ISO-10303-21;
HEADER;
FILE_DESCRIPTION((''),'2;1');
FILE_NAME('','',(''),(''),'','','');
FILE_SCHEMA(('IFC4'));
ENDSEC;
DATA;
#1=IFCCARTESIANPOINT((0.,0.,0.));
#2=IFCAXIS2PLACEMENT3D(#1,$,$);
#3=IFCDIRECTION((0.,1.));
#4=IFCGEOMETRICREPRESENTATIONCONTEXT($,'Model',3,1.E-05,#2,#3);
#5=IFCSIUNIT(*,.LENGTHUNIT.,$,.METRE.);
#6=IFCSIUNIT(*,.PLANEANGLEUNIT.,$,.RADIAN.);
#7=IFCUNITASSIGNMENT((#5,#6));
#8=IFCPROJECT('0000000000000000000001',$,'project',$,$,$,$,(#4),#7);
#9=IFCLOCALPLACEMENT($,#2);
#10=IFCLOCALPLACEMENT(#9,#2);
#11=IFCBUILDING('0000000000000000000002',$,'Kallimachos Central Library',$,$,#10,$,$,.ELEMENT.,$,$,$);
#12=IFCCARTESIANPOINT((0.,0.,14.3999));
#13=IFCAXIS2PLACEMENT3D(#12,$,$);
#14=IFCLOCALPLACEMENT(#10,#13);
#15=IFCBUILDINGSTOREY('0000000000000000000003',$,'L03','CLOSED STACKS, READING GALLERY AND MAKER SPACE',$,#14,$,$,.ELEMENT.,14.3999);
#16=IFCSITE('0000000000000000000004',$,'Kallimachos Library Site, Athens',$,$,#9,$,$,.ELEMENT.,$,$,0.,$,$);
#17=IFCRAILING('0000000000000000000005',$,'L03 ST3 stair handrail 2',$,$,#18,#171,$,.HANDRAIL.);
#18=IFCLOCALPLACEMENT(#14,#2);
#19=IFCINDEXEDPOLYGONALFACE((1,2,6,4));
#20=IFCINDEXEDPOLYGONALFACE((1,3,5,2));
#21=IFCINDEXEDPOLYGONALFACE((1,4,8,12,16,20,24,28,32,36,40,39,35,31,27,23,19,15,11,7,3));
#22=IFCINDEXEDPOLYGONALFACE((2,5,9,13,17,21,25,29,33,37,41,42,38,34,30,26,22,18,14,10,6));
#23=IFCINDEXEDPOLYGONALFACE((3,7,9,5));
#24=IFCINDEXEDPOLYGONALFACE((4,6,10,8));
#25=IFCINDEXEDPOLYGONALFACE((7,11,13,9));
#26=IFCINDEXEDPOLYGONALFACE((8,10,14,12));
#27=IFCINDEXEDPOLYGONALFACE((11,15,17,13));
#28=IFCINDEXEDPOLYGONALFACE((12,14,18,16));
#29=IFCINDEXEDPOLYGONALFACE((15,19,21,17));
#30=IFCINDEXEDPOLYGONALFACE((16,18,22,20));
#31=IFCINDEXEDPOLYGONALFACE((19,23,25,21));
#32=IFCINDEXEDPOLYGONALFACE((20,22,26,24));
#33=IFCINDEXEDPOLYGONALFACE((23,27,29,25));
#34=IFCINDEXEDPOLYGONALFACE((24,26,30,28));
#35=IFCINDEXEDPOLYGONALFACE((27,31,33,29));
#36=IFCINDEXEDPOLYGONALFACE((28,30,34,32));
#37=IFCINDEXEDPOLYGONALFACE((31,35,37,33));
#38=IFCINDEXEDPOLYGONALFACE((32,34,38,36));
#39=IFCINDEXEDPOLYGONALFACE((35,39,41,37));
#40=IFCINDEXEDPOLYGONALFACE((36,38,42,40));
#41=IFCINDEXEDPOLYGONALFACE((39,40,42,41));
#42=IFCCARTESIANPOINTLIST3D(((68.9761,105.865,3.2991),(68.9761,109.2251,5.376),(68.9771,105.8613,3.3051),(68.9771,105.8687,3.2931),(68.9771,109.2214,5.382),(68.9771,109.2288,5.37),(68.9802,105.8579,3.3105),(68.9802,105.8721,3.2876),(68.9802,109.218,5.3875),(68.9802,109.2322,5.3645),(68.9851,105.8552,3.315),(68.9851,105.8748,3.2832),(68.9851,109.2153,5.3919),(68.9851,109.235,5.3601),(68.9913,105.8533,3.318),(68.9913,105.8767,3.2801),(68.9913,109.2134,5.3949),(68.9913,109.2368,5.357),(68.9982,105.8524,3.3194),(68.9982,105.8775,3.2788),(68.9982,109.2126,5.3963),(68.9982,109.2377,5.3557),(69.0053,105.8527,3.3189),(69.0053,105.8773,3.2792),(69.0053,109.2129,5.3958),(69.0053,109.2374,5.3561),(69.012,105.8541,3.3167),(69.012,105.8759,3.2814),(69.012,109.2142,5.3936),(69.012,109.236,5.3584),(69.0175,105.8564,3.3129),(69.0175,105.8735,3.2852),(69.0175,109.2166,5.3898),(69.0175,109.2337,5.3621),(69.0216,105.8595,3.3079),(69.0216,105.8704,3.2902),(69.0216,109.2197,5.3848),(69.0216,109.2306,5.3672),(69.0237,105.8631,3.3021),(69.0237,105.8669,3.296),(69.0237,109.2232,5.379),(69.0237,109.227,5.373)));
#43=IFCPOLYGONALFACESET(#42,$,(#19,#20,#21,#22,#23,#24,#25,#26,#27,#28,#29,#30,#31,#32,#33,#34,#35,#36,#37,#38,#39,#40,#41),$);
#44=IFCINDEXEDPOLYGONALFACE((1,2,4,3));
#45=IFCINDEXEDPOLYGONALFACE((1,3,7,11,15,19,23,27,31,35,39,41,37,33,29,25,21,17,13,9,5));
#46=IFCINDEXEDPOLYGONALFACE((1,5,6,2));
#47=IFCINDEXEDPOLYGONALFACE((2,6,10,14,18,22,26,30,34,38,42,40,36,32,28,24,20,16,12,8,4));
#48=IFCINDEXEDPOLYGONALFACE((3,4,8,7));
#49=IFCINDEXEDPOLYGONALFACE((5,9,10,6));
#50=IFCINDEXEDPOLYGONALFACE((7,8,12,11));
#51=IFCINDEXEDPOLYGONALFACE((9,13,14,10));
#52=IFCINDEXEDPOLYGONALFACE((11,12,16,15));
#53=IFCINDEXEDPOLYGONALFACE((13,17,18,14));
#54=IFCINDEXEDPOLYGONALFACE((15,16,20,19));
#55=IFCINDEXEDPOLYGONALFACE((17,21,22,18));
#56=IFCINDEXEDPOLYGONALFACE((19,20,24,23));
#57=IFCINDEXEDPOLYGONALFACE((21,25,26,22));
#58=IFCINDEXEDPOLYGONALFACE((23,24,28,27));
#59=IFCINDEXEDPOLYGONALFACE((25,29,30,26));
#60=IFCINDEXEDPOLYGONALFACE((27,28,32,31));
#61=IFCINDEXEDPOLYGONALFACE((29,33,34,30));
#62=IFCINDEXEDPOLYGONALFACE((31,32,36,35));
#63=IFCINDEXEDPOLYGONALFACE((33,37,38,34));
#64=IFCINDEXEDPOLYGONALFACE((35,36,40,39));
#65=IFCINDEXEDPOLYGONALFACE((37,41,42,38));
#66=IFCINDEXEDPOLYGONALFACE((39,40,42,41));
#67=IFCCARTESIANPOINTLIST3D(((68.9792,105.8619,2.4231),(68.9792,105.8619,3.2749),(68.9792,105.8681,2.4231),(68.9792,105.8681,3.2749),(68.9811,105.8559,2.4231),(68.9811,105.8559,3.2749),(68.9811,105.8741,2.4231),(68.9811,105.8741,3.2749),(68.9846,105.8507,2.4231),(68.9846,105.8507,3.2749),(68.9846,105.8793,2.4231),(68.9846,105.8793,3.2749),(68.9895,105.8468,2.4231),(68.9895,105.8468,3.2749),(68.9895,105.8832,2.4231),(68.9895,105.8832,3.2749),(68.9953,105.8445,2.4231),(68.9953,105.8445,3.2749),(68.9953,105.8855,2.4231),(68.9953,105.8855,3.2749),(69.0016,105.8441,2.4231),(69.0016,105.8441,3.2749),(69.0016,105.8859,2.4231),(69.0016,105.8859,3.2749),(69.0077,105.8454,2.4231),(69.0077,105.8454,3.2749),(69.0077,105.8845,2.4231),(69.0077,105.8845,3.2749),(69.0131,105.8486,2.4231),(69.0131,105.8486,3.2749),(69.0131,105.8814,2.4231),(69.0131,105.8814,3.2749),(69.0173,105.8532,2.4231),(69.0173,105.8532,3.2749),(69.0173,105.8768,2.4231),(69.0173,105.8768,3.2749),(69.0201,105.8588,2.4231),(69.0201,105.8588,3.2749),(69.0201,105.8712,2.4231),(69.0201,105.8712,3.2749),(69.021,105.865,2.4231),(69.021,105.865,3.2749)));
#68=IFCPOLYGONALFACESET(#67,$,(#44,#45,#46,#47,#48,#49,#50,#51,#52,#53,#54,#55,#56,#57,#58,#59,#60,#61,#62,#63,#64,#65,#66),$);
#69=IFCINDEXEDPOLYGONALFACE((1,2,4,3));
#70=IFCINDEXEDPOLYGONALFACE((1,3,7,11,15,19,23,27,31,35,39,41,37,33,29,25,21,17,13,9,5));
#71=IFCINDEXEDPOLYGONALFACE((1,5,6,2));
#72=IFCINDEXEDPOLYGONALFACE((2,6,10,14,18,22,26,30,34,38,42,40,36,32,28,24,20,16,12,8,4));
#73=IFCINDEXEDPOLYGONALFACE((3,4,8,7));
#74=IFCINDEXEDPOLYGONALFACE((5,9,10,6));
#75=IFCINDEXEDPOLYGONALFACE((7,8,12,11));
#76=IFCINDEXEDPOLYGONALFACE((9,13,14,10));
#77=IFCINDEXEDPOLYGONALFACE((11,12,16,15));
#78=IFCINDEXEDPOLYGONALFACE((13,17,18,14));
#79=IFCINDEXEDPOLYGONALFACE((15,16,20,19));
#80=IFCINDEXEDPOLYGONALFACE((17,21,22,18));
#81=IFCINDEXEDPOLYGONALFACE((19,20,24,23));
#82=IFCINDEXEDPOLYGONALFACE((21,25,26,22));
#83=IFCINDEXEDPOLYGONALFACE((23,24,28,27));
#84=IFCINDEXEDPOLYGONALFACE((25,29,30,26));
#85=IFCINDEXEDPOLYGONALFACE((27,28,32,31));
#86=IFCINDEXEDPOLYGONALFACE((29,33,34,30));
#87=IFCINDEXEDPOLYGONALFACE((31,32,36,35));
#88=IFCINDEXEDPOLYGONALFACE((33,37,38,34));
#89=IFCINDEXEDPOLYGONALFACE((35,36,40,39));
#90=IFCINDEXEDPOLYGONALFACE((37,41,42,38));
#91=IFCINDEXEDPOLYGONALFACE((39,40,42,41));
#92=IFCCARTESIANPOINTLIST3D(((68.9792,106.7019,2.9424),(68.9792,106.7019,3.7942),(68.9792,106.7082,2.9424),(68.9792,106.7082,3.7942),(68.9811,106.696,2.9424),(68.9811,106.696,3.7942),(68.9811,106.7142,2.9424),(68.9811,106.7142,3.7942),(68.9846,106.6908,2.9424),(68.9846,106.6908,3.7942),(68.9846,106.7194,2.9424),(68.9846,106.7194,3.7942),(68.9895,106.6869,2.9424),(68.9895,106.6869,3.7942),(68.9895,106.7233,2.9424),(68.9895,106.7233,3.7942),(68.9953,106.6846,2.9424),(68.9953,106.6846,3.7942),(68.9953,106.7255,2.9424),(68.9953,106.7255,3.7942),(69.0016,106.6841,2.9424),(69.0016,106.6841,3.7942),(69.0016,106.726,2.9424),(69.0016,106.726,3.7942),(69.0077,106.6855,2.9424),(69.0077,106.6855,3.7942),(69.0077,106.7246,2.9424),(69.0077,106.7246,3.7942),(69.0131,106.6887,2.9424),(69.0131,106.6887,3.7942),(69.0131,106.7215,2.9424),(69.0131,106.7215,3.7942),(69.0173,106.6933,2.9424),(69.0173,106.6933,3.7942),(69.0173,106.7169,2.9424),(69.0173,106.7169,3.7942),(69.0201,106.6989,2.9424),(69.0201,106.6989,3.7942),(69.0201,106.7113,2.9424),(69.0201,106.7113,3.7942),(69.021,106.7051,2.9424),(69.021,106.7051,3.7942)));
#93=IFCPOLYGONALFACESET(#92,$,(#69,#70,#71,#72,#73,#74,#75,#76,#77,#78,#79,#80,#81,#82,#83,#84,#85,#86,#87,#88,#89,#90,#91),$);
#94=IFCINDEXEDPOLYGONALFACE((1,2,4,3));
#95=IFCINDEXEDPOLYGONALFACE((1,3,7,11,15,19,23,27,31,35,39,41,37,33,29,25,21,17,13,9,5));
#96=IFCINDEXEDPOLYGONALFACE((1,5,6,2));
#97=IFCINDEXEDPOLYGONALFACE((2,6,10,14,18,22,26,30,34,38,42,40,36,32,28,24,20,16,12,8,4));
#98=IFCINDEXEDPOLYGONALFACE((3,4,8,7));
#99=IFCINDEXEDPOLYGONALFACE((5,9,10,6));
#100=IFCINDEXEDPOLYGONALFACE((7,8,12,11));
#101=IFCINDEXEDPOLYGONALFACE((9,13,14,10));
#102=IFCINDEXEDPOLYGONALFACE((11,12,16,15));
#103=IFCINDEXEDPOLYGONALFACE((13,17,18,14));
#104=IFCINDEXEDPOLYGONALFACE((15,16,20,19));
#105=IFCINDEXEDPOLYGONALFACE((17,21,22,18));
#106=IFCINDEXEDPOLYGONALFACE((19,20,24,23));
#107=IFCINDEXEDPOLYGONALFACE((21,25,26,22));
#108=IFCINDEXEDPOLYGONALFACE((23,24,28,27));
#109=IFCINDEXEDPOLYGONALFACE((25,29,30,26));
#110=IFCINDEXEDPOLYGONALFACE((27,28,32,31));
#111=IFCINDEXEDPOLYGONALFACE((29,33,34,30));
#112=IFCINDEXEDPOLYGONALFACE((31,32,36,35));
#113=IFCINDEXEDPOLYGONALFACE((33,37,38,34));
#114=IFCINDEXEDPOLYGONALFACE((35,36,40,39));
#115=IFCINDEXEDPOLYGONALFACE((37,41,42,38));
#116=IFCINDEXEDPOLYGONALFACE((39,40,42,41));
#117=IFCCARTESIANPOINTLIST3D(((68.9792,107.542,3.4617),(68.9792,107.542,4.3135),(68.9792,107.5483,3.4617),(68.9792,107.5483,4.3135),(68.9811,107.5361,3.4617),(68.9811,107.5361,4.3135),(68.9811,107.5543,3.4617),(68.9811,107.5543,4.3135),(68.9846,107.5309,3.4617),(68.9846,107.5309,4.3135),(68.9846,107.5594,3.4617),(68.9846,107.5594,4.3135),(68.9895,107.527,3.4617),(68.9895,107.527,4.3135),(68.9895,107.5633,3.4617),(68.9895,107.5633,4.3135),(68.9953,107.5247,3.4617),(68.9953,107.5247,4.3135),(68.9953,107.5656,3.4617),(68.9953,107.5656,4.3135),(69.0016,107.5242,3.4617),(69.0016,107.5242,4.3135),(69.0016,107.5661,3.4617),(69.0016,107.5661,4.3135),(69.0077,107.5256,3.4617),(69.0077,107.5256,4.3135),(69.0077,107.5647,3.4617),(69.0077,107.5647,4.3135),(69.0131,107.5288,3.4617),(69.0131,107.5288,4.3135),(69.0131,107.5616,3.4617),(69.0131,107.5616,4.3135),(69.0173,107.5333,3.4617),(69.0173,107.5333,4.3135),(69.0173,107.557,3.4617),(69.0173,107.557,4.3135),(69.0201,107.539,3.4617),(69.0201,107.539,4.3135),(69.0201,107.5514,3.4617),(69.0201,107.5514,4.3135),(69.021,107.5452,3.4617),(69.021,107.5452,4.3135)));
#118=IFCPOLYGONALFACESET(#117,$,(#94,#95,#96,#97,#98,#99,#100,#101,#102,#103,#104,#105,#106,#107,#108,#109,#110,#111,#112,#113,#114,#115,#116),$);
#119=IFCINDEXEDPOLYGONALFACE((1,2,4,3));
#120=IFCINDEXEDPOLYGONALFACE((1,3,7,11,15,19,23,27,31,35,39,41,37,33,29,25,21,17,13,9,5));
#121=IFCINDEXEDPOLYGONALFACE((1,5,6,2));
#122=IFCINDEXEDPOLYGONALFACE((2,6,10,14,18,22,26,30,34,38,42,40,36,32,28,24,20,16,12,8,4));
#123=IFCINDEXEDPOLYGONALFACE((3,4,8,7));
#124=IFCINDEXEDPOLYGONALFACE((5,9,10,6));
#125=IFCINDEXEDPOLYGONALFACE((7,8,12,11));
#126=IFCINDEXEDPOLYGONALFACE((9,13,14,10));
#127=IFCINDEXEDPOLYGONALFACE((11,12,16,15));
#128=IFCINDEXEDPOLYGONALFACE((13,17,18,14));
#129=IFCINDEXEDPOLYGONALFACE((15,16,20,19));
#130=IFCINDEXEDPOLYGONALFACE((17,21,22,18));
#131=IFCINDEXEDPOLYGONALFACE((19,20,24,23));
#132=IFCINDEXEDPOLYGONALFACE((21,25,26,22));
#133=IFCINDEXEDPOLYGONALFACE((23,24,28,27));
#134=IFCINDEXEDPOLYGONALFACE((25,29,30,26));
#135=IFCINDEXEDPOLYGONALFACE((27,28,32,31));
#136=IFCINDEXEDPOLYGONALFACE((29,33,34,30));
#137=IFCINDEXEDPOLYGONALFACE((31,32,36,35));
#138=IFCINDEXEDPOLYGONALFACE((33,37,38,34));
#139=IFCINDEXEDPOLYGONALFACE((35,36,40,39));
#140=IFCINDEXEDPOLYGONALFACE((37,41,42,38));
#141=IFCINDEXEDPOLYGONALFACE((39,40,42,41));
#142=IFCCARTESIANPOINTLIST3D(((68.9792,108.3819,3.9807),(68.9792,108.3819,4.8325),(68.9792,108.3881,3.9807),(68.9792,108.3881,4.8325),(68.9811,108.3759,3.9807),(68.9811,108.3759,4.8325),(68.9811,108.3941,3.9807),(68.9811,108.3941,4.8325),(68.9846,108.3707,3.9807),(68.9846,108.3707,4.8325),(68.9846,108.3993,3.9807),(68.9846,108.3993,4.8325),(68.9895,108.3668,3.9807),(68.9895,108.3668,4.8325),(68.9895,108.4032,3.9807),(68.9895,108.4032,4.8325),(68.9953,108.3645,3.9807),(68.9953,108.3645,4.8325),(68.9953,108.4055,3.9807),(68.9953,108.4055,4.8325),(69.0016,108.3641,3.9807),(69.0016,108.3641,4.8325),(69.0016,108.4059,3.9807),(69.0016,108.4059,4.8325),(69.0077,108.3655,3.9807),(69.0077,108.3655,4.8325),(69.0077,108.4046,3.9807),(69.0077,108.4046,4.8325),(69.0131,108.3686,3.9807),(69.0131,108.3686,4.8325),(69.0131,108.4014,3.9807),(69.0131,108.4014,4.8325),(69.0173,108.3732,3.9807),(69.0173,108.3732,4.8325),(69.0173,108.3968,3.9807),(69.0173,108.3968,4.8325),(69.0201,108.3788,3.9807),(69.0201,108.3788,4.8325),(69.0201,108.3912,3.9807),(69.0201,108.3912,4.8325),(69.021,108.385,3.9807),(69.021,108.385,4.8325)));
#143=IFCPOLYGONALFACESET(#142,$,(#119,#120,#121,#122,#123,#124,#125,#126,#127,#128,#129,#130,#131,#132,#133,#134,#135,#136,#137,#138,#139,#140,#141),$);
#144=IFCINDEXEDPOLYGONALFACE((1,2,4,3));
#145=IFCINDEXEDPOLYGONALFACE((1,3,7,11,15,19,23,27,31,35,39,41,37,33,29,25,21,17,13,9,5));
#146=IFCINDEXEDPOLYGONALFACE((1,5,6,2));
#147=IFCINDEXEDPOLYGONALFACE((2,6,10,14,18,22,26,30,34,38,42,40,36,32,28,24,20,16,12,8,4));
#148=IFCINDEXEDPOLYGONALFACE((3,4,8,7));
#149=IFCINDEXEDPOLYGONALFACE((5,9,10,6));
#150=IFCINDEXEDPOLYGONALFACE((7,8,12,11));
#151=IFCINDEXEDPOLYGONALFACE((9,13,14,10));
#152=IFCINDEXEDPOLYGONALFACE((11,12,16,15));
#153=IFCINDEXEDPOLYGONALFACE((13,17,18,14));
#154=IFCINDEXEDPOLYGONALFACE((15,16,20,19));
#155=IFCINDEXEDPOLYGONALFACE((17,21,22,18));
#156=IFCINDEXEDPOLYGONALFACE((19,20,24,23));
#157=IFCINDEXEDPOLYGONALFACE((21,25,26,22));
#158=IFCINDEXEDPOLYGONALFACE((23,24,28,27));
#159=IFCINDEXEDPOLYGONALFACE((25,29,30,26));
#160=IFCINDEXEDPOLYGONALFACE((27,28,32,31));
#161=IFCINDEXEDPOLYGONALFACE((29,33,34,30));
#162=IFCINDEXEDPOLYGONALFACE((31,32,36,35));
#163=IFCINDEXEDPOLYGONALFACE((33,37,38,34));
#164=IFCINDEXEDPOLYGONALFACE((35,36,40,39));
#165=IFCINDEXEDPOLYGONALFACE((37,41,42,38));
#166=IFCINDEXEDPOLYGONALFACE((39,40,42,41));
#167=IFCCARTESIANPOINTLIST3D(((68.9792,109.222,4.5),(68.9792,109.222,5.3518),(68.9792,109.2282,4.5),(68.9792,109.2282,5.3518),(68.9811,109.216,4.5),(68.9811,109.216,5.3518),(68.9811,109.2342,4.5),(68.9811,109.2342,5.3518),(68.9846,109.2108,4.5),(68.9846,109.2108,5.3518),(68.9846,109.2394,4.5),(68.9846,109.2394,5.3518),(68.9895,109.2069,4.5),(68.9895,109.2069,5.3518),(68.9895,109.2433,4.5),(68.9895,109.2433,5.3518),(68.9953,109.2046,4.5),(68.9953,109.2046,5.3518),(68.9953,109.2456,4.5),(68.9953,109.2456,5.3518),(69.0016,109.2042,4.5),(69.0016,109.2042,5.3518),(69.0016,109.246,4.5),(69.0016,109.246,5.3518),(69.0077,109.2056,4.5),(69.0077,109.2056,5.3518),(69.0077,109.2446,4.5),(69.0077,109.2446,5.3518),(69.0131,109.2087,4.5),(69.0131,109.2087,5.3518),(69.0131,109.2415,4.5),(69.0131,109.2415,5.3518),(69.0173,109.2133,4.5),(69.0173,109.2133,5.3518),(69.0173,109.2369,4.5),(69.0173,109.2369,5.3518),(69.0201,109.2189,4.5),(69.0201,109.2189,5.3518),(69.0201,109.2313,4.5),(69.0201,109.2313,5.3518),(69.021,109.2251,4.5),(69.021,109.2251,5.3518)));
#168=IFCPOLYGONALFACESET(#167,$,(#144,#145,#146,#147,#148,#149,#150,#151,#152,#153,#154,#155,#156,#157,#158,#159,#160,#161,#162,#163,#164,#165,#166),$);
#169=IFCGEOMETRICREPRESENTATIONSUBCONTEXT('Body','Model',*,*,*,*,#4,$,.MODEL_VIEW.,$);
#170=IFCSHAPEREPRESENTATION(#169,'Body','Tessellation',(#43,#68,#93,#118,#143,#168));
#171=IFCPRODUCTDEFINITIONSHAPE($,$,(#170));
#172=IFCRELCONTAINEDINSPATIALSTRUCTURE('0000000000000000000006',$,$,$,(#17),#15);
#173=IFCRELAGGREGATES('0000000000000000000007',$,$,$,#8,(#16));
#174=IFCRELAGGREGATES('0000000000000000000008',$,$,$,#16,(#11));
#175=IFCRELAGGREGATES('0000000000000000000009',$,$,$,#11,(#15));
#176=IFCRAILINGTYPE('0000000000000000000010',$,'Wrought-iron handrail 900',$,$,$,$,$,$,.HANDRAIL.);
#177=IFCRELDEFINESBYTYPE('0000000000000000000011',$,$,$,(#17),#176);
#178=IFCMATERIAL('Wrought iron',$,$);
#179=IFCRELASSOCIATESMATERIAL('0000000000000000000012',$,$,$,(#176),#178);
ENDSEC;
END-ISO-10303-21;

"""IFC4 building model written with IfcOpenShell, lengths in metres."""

from ifc_helpers import new_model, si_unit, direction, frame, origin, origin_2d, place, context, subcontext, project, spatial, circle, extrude, material, type_object, element, save


model = new_model("IFC4")

# Units and contexts
model_context = context("Model", 3, precision=1e-05, world=origin(), true_north=direction((0.0, 1.0)))
body_context = subcontext(model_context, "Body", "Model", "MODEL_VIEW")
ifc_project = project(units=[si_unit("LENGTHUNIT", "METRE"), si_unit("PLANEANGLEUNIT", "RADIAN")], contexts=[model_context])

# Site, building, storey
site_placement = place(None, origin())
site = spatial("IfcSite", under=ifc_project, at=site_placement, Name="Kallimachos Library Site, Athens", CompositionType="ELEMENT", RefElevation=0.0)
building_placement = place(site_placement, origin())
building = spatial("IfcBuilding", under=site, at=building_placement, Name="Kallimachos Central Library", CompositionType="ELEMENT")
storey_placement = place(building_placement, frame((0.0, 0.0, 14.3999)))
storey = spatial("IfcBuildingStorey", under=building, at=storey_placement, Name="L03", Description="CLOSED STACKS, READING GALLERY AND MAKER SPACE", CompositionType="ELEMENT", Elevation=14.3999)

# Railing
ifc_material_1 = material(Name="Wrought iron")
railing_type_1 = type_object("IfcRailingType", Name="Wrought-iron handrail 900", PredefinedType="HANDRAIL", material=ifc_material_1)
railing_1_placement = place(storey_placement, frame((69.0, 105.865, 2.4231)))
element("IfcRailing", 1, at=railing_1_placement, inside=storey, type_object=railing_type_1, Name="L03 ST3 stair handrail 2", PredefinedType="HANDRAIL", context=body_context, shape_type="SweptSolid", body=[
    extrude(circle(Radius=0.0239, at=origin_2d()), frame((0.0, 0.0, 0.876), z_axis=(0.0, 0.850623, 0.525776), x_axis=(-1.0, 0.0, 0.0)), (0.0, 0.0, 1.0), 3.9502),
    extrude(circle(Radius=0.021, at=origin_2d()), origin(), (0.0, 0.0, 1.0), 0.8518),
    extrude(circle(Radius=0.021, at=origin_2d()), frame((0.0, 0.8401, 0.5193)), (0.0, 0.0, 1.0), 0.8518),
    extrude(circle(Radius=0.021, at=origin_2d()), frame((0.0, 1.6802, 1.0386)), (0.0, 0.0, 1.0), 0.8518),
    extrude(circle(Radius=0.021, at=origin_2d()), frame((0.0, 2.52, 1.5576)), (0.0, 0.0, 1.0), 0.8518),
    extrude(circle(Radius=0.021, at=origin_2d()), frame((0.0, 3.3601, 2.0769)), (0.0, 0.0, 1.0), 0.8518),
])

save(model, "model.ifc")
